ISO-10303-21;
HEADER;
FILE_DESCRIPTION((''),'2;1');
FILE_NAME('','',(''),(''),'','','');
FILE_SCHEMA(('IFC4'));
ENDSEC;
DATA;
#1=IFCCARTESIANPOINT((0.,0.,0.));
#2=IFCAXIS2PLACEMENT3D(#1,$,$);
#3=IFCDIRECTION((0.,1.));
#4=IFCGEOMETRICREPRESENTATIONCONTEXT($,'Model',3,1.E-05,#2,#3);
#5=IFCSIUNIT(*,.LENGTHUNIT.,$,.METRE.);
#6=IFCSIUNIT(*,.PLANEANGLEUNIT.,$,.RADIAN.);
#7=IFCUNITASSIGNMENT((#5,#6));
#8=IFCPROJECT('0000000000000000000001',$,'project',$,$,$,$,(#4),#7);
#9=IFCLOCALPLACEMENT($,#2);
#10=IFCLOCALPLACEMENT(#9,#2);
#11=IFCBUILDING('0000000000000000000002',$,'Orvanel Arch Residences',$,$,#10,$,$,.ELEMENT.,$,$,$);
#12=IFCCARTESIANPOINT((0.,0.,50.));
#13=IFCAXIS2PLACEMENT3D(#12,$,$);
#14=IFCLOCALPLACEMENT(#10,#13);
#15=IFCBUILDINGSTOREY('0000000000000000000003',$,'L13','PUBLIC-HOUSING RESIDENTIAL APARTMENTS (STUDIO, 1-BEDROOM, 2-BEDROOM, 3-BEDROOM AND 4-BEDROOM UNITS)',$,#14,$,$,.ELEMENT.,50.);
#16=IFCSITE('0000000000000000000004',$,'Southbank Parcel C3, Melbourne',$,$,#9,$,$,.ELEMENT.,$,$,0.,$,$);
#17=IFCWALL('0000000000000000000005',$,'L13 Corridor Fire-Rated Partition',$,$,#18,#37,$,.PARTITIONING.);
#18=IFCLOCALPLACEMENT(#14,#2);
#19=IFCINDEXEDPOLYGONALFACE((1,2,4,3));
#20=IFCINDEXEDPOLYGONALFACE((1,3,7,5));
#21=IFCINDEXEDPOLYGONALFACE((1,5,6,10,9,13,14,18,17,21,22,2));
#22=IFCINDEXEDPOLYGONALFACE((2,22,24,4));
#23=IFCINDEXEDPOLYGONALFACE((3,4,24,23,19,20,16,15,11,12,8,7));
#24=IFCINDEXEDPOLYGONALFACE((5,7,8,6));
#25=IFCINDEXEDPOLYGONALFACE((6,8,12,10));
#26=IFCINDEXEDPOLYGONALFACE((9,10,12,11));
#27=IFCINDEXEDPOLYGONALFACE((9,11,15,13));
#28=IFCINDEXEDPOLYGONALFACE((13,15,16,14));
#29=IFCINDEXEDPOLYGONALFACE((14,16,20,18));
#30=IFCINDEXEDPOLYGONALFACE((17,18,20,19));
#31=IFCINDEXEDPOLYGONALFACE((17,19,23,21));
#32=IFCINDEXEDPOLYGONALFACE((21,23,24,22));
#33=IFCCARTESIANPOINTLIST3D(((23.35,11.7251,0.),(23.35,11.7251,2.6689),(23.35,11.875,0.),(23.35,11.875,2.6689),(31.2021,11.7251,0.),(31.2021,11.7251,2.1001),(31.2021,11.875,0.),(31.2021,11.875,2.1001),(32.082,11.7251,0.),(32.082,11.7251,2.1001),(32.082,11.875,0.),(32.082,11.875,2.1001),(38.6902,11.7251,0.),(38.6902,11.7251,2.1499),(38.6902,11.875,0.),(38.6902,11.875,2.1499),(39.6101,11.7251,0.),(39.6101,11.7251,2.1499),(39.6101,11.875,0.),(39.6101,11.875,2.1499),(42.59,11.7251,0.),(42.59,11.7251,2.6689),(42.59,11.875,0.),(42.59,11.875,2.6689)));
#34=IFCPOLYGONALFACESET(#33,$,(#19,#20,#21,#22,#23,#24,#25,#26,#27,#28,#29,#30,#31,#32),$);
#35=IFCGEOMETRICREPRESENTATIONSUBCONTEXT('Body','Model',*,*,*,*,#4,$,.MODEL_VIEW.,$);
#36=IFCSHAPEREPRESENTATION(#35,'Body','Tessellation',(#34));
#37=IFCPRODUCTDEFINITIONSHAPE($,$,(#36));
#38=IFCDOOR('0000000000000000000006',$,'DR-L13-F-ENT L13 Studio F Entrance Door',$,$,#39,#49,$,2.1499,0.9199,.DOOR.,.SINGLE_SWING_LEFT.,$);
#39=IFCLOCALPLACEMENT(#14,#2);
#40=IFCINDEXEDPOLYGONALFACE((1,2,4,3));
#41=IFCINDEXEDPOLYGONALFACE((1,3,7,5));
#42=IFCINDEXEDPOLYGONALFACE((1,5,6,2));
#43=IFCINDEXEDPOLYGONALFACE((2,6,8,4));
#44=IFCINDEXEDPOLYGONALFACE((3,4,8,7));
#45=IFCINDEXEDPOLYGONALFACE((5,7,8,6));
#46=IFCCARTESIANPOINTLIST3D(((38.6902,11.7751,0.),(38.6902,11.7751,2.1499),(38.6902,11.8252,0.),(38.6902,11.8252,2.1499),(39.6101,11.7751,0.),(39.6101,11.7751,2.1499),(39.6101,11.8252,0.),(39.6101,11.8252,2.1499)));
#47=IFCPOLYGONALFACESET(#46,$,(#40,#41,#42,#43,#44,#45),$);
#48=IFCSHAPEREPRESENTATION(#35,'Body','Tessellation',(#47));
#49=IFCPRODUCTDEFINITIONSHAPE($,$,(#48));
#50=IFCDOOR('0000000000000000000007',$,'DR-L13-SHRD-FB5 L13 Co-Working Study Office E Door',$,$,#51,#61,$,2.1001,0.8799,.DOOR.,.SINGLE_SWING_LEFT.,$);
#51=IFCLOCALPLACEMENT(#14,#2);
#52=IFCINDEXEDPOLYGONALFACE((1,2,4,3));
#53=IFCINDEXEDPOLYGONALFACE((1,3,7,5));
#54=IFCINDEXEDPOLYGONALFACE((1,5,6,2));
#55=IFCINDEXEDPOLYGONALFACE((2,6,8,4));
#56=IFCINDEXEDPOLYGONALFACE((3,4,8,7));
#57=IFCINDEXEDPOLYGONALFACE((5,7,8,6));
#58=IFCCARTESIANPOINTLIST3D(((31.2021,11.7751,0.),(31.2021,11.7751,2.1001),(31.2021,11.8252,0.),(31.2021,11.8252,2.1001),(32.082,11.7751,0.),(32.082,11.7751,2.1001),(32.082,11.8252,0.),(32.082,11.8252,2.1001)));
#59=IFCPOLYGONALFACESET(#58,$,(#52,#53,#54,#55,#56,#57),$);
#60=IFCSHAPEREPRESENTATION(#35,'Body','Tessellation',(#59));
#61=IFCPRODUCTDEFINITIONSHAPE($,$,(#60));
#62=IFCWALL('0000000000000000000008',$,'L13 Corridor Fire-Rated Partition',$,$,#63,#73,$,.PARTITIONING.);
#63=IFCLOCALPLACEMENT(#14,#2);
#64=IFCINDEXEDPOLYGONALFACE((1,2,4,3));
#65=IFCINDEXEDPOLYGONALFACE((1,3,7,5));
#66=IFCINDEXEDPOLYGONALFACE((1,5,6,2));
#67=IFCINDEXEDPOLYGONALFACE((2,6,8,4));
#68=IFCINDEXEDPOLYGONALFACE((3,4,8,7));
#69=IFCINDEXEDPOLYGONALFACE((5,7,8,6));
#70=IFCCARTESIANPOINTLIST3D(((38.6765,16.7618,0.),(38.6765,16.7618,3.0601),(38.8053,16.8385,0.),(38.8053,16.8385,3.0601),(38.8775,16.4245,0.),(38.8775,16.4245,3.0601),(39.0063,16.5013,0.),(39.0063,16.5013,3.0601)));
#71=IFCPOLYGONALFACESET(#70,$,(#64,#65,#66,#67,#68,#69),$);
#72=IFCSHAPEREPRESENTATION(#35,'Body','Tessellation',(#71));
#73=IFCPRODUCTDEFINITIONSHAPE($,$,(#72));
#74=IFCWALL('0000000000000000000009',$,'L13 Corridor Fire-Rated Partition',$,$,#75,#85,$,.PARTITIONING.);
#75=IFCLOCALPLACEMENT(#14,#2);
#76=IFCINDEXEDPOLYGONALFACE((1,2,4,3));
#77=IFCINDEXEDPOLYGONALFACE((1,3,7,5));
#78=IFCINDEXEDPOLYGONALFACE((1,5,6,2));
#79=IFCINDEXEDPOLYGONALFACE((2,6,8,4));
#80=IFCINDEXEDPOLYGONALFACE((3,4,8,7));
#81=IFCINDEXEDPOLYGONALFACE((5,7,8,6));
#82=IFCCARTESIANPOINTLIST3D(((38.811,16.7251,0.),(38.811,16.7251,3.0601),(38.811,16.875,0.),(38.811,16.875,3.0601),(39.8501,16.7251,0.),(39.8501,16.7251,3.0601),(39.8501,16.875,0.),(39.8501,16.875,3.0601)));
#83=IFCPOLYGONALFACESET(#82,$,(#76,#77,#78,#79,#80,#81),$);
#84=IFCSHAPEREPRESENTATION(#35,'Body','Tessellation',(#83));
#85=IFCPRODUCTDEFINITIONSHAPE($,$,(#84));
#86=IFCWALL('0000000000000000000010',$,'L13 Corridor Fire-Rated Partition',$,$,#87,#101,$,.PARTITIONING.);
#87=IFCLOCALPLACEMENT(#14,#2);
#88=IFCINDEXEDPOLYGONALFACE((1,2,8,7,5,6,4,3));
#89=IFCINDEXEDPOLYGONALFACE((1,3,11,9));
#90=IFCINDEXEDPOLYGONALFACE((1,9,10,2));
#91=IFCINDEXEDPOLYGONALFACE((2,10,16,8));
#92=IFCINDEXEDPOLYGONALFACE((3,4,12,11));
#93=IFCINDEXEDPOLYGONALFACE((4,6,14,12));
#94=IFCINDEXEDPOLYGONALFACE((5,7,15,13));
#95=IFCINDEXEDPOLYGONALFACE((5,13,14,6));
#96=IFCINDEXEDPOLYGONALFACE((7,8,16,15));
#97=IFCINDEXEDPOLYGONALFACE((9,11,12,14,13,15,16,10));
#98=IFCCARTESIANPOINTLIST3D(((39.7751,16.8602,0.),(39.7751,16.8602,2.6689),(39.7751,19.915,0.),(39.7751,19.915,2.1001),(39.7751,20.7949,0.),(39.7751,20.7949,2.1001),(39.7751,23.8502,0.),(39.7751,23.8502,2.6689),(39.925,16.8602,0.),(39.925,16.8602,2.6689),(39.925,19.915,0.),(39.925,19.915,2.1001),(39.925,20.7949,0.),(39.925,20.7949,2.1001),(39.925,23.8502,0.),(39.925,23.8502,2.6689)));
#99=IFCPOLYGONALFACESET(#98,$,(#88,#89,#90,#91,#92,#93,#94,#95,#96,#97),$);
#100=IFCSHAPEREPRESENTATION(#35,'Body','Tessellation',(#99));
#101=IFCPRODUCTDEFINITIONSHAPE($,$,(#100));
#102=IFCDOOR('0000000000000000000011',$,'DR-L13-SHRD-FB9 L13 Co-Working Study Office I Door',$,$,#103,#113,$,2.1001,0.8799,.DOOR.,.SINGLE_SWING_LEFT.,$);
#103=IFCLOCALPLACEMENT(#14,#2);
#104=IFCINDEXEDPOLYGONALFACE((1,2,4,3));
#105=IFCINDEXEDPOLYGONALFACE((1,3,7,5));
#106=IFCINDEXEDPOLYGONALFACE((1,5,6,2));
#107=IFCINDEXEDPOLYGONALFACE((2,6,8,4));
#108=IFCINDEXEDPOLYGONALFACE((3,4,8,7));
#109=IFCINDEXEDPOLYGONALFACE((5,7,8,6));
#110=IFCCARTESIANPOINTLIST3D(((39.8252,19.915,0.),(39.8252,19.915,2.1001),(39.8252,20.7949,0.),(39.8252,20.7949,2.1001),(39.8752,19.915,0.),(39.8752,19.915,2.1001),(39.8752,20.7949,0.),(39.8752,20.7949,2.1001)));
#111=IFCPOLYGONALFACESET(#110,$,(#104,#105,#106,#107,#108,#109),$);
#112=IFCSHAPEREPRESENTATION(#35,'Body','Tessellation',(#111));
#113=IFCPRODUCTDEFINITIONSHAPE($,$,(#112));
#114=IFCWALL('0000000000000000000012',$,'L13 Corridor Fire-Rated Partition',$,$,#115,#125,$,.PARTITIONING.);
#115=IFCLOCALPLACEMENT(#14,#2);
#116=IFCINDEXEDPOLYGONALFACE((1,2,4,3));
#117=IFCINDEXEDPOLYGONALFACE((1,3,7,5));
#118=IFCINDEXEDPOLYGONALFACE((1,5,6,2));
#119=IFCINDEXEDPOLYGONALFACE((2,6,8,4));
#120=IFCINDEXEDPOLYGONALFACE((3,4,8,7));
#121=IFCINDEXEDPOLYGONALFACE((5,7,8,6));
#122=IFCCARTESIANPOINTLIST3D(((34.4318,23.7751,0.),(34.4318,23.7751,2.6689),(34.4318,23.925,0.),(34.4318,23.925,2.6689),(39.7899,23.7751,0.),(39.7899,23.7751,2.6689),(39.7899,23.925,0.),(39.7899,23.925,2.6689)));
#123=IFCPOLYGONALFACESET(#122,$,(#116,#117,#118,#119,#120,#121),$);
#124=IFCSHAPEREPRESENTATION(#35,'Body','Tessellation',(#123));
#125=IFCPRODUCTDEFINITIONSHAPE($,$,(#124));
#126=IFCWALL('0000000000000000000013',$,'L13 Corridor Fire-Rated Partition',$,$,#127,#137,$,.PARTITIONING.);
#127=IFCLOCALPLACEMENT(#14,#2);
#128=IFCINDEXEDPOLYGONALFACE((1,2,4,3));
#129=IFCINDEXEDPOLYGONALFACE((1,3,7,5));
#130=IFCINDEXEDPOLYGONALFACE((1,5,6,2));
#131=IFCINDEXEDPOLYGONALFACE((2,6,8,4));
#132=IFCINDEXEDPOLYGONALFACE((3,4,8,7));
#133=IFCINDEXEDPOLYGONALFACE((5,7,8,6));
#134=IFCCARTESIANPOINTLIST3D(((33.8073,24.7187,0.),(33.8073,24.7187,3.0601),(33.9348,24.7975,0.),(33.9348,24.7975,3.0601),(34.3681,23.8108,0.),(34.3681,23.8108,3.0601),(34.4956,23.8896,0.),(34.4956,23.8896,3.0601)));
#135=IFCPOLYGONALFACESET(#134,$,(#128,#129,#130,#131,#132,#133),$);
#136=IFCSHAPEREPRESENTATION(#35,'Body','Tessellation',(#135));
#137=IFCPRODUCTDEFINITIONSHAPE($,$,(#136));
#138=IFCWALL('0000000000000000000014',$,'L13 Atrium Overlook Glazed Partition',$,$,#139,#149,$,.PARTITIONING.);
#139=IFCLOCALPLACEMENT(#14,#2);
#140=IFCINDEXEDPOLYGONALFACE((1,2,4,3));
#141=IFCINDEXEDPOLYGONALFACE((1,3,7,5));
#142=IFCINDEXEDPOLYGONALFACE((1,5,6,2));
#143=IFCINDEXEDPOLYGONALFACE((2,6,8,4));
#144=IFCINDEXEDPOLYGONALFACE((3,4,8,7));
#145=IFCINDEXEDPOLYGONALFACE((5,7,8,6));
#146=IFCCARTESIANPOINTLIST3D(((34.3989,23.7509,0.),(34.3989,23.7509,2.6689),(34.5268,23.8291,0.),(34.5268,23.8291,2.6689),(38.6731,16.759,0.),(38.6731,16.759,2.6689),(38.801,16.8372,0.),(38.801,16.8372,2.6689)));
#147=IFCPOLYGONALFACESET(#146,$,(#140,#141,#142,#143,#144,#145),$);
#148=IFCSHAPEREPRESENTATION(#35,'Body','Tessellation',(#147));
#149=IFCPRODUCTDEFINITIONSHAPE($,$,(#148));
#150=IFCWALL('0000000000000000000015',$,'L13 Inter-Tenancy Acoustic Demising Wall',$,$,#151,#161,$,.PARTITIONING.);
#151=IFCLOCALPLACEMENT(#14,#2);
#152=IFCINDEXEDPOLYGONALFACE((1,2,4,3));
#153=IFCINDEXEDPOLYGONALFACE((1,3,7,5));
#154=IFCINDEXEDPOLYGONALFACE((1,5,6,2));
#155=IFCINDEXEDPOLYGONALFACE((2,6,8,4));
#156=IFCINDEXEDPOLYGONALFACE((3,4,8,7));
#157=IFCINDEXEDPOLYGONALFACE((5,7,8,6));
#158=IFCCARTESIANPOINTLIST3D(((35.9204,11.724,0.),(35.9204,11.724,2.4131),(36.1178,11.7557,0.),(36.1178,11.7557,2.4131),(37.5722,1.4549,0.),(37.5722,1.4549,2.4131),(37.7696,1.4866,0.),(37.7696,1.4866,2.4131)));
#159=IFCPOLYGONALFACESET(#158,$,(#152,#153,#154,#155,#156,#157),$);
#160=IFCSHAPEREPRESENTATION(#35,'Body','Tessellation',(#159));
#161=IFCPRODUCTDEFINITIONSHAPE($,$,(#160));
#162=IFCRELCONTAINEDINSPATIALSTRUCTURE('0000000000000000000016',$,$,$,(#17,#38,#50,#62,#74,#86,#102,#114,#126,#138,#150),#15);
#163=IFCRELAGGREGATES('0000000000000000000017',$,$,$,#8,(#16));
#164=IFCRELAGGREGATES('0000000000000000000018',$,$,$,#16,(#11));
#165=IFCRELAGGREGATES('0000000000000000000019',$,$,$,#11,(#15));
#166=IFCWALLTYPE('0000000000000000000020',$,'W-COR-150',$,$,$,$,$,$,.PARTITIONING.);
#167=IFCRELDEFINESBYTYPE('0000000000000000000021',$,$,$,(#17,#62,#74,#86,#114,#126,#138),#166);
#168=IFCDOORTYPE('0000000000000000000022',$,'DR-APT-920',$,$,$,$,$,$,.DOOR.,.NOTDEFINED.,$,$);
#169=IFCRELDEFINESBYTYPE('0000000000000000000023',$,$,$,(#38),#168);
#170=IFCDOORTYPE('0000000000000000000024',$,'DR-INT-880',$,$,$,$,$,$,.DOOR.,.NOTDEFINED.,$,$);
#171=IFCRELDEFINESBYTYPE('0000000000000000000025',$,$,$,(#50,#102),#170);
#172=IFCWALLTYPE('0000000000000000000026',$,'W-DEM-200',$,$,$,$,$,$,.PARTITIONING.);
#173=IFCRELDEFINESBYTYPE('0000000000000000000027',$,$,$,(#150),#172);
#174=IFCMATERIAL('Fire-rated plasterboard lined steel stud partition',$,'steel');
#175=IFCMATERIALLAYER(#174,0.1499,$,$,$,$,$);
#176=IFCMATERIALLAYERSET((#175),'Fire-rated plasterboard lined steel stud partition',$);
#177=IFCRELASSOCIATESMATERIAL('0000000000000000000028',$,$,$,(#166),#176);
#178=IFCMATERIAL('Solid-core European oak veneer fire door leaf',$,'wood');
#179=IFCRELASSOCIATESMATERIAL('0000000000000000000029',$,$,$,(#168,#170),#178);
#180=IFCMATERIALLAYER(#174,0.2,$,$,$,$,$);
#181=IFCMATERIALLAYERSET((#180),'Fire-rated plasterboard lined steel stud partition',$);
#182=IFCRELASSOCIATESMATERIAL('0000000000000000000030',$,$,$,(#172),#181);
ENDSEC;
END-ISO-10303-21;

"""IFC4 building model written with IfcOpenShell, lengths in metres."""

from ifc_helpers import new_model, si_unit, direction, frame, frame_2d, origin, place, context, subcontext, project, spatial, rectangle, extrude, material, layer, layer_set, type_object, element, fill, save


model = new_model("IFC4")

# Units and contexts
model_context = context("Model", 3, precision=1e-05, world=origin(), true_north=direction((0.0, 1.0)))
body_context = subcontext(model_context, "Body", "Model", "MODEL_VIEW")
ifc_project = project(units=[si_unit("LENGTHUNIT", "METRE"), si_unit("PLANEANGLEUNIT", "RADIAN")], contexts=[model_context])

# Site, building, storey
site_placement = place(None, origin())
site = spatial("IfcSite", under=ifc_project, at=site_placement, Name="Southbank Parcel C3, Melbourne", CompositionType="ELEMENT", RefElevation=0.0)
building_placement = place(site_placement, origin())
building = spatial("IfcBuilding", under=site, at=building_placement, Name="Orvanel Arch Residences", CompositionType="ELEMENT")
storey_placement = place(building_placement, frame((0.0, 0.0, 50.0)))
storey = spatial("IfcBuildingStorey", under=building, at=storey_placement, Name="L13", Description="PUBLIC-HOUSING RESIDENTIAL APARTMENTS (STUDIO, 1-BEDROOM, 2-BEDROOM, 3-BEDROOM AND 4-BEDROOM UNITS)", CompositionType="ELEMENT", Elevation=50.0)

# Wall, openings, doors
ifc_material_1 = material(Name="Fire-rated plasterboard lined steel stud partition", Category="steel")
ifc_layer_1 = layer(ifc_material_1, 0.1499)
ifc_layer_set_1 = layer_set([ifc_layer_1], Name="Fire-rated plasterboard lined steel stud partition")
wall_type_1 = type_object("IfcWallType", Name="W-COR-150", PredefinedType="PARTITIONING", material=ifc_layer_set_1)
wall_1_placement = place(storey_placement, frame((42.5901, 11.8, 0.0), z_axis=(0.0, 0.0, 1.0), x_axis=(-1.0, 0.0, 0.0)))
wall_1 = element("IfcWall", 1, at=wall_1_placement, inside=storey, type_object=wall_type_1, Name="L13 Corridor Fire-Rated Partition", PredefinedType="PARTITIONING", context=body_context, shape_type="SweptSolid", body=[
    extrude(rectangle(XDim=19.24, YDim=0.1499, at=frame_2d((9.6201, 0.0))), origin(), (0.0, 0.0, 1.0), 2.6689),
])
opening_1_placement = place(wall_1_placement, frame((10.5081, 0.0, 0.0)))
opening_1 = element("IfcOpeningElement", 2, at=opening_1_placement, cuts=wall_1, PredefinedType="OPENING", context=body_context, shape_type="SweptSolid", body=[
    extrude(rectangle(XDim=0.8799, YDim=2.1001, at=frame_2d((0.4399, 1.05))), frame((0.0, 0.085, 0.0), z_axis=(0.0, -1.0, 0.0), x_axis=(1.0, 0.0, 0.0)), (0.0, 0.0, 1.0), 0.1699),
])
opening_2_placement = place(wall_1_placement, frame((2.98, 0.0, 0.0)))
opening_2 = element("IfcOpeningElement", 3, at=opening_2_placement, cuts=wall_1, PredefinedType="OPENING", context=body_context, shape_type="SweptSolid", body=[
    extrude(rectangle(XDim=0.9199, YDim=2.1499, at=frame_2d((0.46, 1.075))), frame((0.0, 0.085, 0.0), z_axis=(0.0, -1.0, 0.0), x_axis=(1.0, 0.0, 0.0)), (0.0, 0.0, 1.0), 0.1699),
])
ifc_material_2 = material(Name="Solid-core European oak veneer fire door leaf", Category="wood")
door_type_1 = type_object("IfcDoorType", Name="DR-APT-920", OperationType="NOTDEFINED", PredefinedType="DOOR", material=ifc_material_2)
door_1_placement = place(opening_2_placement, origin())
door_1 = element("IfcDoor", 4, at=door_1_placement, inside=storey, type_object=door_type_1, Name="DR-L13-F-ENT L13 Studio F Entrance Door", OperationType="SINGLE_SWING_LEFT", OverallHeight=2.1499, OverallWidth=0.9199, PredefinedType="DOOR", context=body_context, shape_type="SweptSolid", body=[
    extrude(rectangle(XDim=0.9199, YDim=2.1499, at=frame_2d((0.46, 1.075))), frame((0.0, 0.0249, 0.0), z_axis=(0.0, -1.0, 0.0), x_axis=(1.0, 0.0, 0.0)), (0.0, 0.0, 1.0), 0.05),
])
fill(opening_2, door_1)
door_type_2 = type_object("IfcDoorType", Name="DR-INT-880", OperationType="NOTDEFINED", PredefinedType="DOOR", material=ifc_material_2)
door_2_placement = place(opening_1_placement, origin())
door_2 = element("IfcDoor", 5, at=door_2_placement, inside=storey, type_object=door_type_2, Name="DR-L13-SHRD-FB5 L13 Co-Working Study Office E Door", OperationType="SINGLE_SWING_LEFT", OverallHeight=2.1001, OverallWidth=0.8799, PredefinedType="DOOR", context=body_context, shape_type="SweptSolid", body=[
    extrude(rectangle(XDim=0.8799, YDim=2.1001, at=frame_2d((0.4399, 1.05))), frame((0.0, 0.0249, 0.0), z_axis=(0.0, -1.0, 0.0), x_axis=(1.0, 0.0, 0.0)), (0.0, 0.0, 1.0), 0.05),
])
fill(opening_1, door_2)

# Walls
wall_2_placement = place(storey_placement, frame((38.9419, 16.4629, 0.0), z_axis=(0.0, 0.0, 1.0), x_axis=(-0.511932, 0.859026, 0.0)))
element("IfcWall", 6, at=wall_2_placement, inside=storey, type_object=wall_type_1, Name="L13 Corridor Fire-Rated Partition", PredefinedType="PARTITIONING", context=body_context, shape_type="SweptSolid", body=[
    extrude(rectangle(XDim=0.3926, YDim=0.1499, at=frame_2d((0.1963, 0.0))), origin(), (0.0, 0.0, 1.0), 3.0601),
])
wall_3_placement = place(storey_placement, frame((38.811, 16.8, 0.0), z_axis=(0.0, 0.0, 1.0), x_axis=(1.0, 0.0, 0.0)))
element("IfcWall", 7, at=wall_3_placement, inside=storey, type_object=wall_type_1, Name="L13 Corridor Fire-Rated Partition", PredefinedType="PARTITIONING", context=body_context, shape_type="SweptSolid", body=[
    extrude(rectangle(XDim=1.0391, YDim=0.1499, at=frame_2d((0.5195, 0.0))), origin(), (0.0, 0.0, 1.0), 3.0601),
])

# Wall, opening, door
wall_4_placement = place(storey_placement, frame((39.8501, 16.8601, 0.0), z_axis=(0.0, 0.0, 1.0), x_axis=(0.0, 1.0, 0.0)))
wall_4 = element("IfcWall", 8, at=wall_4_placement, inside=storey, type_object=wall_type_1, Name="L13 Corridor Fire-Rated Partition", PredefinedType="PARTITIONING", context=body_context, shape_type="SweptSolid", body=[
    extrude(rectangle(XDim=6.99, YDim=0.1499, at=frame_2d((3.4951, 0.0))), origin(), (0.0, 0.0, 1.0), 2.6689),
])
opening_3_placement = place(wall_4_placement, frame((3.0549, 0.0, 0.0)))
opening_3 = element("IfcOpeningElement", 9, at=opening_3_placement, cuts=wall_4, PredefinedType="OPENING", context=body_context, shape_type="SweptSolid", body=[
    extrude(rectangle(XDim=0.8799, YDim=2.1001, at=frame_2d((0.4399, 1.05))), frame((0.0, 0.085, 0.0), z_axis=(0.0, -1.0, 0.0), x_axis=(1.0, 0.0, 0.0)), (0.0, 0.0, 1.0), 0.1699),
])
door_3_placement = place(opening_3_placement, origin())
door_3 = element("IfcDoor", 10, at=door_3_placement, inside=storey, type_object=door_type_2, Name="DR-L13-SHRD-FB9 L13 Co-Working Study Office I Door", OperationType="SINGLE_SWING_LEFT", OverallHeight=2.1001, OverallWidth=0.8799, PredefinedType="DOOR", context=body_context, shape_type="SweptSolid", body=[
    extrude(rectangle(XDim=0.8799, YDim=2.1001, at=frame_2d((0.4399, 1.05))), frame((0.0, 0.0249, 0.0), z_axis=(0.0, -1.0, 0.0), x_axis=(1.0, 0.0, 0.0)), (0.0, 0.0, 1.0), 0.05),
])
fill(opening_3, door_3)

# Walls
wall_5_placement = place(storey_placement, frame((39.79, 23.8501, 0.0), z_axis=(0.0, 0.0, 1.0), x_axis=(-1.0, 0.0, 0.0)))
element("IfcWall", 11, at=wall_5_placement, inside=storey, type_object=wall_type_1, Name="L13 Corridor Fire-Rated Partition", PredefinedType="PARTITIONING", context=body_context, shape_type="SweptSolid", body=[
    extrude(rectangle(XDim=5.3582, YDim=0.1499, at=frame_2d((2.6792, 0.0))), origin(), (0.0, 0.0, 1.0), 2.6689),
])
wall_6_placement = place(storey_placement, frame((34.4319, 23.8501, 0.0), z_axis=(0.0, 0.0, 1.0), x_axis=(-0.525488, 0.850801, 0.0)))
element("IfcWall", 12, at=wall_6_placement, inside=storey, type_object=wall_type_1, Name="L13 Corridor Fire-Rated Partition", PredefinedType="PARTITIONING", context=body_context, shape_type="SweptSolid", body=[
    extrude(rectangle(XDim=1.0671, YDim=0.1499, at=frame_2d((0.5337, 0.0))), origin(), (0.0, 0.0, 1.0), 3.0601),
])
wall_7_placement = place(storey_placement, frame((34.4629, 23.79, 0.0), z_axis=(0.0, 0.0, 1.0), x_axis=(0.521567, -0.85321, 0.0)))
element("IfcWall", 13, at=wall_7_placement, inside=storey, type_object=wall_type_1, Name="L13 Atrium Overlook Glazed Partition", PredefinedType="PARTITIONING", context=body_context, shape_type="SweptSolid", body=[
    extrude(rectangle(XDim=8.1948, YDim=0.1499, at=frame_2d((4.0974, 0.0))), origin(), (0.0, 0.0, 1.0), 2.6689),
])
ifc_layer_2 = layer(ifc_material_1, 0.2)
ifc_layer_set_2 = layer_set([ifc_layer_2], Name="Fire-rated plasterboard lined steel stud partition")
wall_type_2 = type_object("IfcWallType", Name="W-DEM-200", PredefinedType="PARTITIONING", material=ifc_layer_set_2)
wall_8_placement = place(storey_placement, frame((36.019, 11.74, 0.0), z_axis=(0.0, 0.0, 1.0), x_axis=(0.158816, -0.987308, 0.0)))
element("IfcWall", 14, at=wall_8_placement, inside=storey, type_object=wall_type_2, Name="L13 Inter-Tenancy Acoustic Demising Wall", PredefinedType="PARTITIONING", context=body_context, shape_type="SweptSolid", body=[
    extrude(rectangle(XDim=10.4011, YDim=0.2, at=frame_2d((5.2007, 0.0))), origin(), (0.0, 0.0, 1.0), 2.4131),
])

save(model, "model.ifc")
